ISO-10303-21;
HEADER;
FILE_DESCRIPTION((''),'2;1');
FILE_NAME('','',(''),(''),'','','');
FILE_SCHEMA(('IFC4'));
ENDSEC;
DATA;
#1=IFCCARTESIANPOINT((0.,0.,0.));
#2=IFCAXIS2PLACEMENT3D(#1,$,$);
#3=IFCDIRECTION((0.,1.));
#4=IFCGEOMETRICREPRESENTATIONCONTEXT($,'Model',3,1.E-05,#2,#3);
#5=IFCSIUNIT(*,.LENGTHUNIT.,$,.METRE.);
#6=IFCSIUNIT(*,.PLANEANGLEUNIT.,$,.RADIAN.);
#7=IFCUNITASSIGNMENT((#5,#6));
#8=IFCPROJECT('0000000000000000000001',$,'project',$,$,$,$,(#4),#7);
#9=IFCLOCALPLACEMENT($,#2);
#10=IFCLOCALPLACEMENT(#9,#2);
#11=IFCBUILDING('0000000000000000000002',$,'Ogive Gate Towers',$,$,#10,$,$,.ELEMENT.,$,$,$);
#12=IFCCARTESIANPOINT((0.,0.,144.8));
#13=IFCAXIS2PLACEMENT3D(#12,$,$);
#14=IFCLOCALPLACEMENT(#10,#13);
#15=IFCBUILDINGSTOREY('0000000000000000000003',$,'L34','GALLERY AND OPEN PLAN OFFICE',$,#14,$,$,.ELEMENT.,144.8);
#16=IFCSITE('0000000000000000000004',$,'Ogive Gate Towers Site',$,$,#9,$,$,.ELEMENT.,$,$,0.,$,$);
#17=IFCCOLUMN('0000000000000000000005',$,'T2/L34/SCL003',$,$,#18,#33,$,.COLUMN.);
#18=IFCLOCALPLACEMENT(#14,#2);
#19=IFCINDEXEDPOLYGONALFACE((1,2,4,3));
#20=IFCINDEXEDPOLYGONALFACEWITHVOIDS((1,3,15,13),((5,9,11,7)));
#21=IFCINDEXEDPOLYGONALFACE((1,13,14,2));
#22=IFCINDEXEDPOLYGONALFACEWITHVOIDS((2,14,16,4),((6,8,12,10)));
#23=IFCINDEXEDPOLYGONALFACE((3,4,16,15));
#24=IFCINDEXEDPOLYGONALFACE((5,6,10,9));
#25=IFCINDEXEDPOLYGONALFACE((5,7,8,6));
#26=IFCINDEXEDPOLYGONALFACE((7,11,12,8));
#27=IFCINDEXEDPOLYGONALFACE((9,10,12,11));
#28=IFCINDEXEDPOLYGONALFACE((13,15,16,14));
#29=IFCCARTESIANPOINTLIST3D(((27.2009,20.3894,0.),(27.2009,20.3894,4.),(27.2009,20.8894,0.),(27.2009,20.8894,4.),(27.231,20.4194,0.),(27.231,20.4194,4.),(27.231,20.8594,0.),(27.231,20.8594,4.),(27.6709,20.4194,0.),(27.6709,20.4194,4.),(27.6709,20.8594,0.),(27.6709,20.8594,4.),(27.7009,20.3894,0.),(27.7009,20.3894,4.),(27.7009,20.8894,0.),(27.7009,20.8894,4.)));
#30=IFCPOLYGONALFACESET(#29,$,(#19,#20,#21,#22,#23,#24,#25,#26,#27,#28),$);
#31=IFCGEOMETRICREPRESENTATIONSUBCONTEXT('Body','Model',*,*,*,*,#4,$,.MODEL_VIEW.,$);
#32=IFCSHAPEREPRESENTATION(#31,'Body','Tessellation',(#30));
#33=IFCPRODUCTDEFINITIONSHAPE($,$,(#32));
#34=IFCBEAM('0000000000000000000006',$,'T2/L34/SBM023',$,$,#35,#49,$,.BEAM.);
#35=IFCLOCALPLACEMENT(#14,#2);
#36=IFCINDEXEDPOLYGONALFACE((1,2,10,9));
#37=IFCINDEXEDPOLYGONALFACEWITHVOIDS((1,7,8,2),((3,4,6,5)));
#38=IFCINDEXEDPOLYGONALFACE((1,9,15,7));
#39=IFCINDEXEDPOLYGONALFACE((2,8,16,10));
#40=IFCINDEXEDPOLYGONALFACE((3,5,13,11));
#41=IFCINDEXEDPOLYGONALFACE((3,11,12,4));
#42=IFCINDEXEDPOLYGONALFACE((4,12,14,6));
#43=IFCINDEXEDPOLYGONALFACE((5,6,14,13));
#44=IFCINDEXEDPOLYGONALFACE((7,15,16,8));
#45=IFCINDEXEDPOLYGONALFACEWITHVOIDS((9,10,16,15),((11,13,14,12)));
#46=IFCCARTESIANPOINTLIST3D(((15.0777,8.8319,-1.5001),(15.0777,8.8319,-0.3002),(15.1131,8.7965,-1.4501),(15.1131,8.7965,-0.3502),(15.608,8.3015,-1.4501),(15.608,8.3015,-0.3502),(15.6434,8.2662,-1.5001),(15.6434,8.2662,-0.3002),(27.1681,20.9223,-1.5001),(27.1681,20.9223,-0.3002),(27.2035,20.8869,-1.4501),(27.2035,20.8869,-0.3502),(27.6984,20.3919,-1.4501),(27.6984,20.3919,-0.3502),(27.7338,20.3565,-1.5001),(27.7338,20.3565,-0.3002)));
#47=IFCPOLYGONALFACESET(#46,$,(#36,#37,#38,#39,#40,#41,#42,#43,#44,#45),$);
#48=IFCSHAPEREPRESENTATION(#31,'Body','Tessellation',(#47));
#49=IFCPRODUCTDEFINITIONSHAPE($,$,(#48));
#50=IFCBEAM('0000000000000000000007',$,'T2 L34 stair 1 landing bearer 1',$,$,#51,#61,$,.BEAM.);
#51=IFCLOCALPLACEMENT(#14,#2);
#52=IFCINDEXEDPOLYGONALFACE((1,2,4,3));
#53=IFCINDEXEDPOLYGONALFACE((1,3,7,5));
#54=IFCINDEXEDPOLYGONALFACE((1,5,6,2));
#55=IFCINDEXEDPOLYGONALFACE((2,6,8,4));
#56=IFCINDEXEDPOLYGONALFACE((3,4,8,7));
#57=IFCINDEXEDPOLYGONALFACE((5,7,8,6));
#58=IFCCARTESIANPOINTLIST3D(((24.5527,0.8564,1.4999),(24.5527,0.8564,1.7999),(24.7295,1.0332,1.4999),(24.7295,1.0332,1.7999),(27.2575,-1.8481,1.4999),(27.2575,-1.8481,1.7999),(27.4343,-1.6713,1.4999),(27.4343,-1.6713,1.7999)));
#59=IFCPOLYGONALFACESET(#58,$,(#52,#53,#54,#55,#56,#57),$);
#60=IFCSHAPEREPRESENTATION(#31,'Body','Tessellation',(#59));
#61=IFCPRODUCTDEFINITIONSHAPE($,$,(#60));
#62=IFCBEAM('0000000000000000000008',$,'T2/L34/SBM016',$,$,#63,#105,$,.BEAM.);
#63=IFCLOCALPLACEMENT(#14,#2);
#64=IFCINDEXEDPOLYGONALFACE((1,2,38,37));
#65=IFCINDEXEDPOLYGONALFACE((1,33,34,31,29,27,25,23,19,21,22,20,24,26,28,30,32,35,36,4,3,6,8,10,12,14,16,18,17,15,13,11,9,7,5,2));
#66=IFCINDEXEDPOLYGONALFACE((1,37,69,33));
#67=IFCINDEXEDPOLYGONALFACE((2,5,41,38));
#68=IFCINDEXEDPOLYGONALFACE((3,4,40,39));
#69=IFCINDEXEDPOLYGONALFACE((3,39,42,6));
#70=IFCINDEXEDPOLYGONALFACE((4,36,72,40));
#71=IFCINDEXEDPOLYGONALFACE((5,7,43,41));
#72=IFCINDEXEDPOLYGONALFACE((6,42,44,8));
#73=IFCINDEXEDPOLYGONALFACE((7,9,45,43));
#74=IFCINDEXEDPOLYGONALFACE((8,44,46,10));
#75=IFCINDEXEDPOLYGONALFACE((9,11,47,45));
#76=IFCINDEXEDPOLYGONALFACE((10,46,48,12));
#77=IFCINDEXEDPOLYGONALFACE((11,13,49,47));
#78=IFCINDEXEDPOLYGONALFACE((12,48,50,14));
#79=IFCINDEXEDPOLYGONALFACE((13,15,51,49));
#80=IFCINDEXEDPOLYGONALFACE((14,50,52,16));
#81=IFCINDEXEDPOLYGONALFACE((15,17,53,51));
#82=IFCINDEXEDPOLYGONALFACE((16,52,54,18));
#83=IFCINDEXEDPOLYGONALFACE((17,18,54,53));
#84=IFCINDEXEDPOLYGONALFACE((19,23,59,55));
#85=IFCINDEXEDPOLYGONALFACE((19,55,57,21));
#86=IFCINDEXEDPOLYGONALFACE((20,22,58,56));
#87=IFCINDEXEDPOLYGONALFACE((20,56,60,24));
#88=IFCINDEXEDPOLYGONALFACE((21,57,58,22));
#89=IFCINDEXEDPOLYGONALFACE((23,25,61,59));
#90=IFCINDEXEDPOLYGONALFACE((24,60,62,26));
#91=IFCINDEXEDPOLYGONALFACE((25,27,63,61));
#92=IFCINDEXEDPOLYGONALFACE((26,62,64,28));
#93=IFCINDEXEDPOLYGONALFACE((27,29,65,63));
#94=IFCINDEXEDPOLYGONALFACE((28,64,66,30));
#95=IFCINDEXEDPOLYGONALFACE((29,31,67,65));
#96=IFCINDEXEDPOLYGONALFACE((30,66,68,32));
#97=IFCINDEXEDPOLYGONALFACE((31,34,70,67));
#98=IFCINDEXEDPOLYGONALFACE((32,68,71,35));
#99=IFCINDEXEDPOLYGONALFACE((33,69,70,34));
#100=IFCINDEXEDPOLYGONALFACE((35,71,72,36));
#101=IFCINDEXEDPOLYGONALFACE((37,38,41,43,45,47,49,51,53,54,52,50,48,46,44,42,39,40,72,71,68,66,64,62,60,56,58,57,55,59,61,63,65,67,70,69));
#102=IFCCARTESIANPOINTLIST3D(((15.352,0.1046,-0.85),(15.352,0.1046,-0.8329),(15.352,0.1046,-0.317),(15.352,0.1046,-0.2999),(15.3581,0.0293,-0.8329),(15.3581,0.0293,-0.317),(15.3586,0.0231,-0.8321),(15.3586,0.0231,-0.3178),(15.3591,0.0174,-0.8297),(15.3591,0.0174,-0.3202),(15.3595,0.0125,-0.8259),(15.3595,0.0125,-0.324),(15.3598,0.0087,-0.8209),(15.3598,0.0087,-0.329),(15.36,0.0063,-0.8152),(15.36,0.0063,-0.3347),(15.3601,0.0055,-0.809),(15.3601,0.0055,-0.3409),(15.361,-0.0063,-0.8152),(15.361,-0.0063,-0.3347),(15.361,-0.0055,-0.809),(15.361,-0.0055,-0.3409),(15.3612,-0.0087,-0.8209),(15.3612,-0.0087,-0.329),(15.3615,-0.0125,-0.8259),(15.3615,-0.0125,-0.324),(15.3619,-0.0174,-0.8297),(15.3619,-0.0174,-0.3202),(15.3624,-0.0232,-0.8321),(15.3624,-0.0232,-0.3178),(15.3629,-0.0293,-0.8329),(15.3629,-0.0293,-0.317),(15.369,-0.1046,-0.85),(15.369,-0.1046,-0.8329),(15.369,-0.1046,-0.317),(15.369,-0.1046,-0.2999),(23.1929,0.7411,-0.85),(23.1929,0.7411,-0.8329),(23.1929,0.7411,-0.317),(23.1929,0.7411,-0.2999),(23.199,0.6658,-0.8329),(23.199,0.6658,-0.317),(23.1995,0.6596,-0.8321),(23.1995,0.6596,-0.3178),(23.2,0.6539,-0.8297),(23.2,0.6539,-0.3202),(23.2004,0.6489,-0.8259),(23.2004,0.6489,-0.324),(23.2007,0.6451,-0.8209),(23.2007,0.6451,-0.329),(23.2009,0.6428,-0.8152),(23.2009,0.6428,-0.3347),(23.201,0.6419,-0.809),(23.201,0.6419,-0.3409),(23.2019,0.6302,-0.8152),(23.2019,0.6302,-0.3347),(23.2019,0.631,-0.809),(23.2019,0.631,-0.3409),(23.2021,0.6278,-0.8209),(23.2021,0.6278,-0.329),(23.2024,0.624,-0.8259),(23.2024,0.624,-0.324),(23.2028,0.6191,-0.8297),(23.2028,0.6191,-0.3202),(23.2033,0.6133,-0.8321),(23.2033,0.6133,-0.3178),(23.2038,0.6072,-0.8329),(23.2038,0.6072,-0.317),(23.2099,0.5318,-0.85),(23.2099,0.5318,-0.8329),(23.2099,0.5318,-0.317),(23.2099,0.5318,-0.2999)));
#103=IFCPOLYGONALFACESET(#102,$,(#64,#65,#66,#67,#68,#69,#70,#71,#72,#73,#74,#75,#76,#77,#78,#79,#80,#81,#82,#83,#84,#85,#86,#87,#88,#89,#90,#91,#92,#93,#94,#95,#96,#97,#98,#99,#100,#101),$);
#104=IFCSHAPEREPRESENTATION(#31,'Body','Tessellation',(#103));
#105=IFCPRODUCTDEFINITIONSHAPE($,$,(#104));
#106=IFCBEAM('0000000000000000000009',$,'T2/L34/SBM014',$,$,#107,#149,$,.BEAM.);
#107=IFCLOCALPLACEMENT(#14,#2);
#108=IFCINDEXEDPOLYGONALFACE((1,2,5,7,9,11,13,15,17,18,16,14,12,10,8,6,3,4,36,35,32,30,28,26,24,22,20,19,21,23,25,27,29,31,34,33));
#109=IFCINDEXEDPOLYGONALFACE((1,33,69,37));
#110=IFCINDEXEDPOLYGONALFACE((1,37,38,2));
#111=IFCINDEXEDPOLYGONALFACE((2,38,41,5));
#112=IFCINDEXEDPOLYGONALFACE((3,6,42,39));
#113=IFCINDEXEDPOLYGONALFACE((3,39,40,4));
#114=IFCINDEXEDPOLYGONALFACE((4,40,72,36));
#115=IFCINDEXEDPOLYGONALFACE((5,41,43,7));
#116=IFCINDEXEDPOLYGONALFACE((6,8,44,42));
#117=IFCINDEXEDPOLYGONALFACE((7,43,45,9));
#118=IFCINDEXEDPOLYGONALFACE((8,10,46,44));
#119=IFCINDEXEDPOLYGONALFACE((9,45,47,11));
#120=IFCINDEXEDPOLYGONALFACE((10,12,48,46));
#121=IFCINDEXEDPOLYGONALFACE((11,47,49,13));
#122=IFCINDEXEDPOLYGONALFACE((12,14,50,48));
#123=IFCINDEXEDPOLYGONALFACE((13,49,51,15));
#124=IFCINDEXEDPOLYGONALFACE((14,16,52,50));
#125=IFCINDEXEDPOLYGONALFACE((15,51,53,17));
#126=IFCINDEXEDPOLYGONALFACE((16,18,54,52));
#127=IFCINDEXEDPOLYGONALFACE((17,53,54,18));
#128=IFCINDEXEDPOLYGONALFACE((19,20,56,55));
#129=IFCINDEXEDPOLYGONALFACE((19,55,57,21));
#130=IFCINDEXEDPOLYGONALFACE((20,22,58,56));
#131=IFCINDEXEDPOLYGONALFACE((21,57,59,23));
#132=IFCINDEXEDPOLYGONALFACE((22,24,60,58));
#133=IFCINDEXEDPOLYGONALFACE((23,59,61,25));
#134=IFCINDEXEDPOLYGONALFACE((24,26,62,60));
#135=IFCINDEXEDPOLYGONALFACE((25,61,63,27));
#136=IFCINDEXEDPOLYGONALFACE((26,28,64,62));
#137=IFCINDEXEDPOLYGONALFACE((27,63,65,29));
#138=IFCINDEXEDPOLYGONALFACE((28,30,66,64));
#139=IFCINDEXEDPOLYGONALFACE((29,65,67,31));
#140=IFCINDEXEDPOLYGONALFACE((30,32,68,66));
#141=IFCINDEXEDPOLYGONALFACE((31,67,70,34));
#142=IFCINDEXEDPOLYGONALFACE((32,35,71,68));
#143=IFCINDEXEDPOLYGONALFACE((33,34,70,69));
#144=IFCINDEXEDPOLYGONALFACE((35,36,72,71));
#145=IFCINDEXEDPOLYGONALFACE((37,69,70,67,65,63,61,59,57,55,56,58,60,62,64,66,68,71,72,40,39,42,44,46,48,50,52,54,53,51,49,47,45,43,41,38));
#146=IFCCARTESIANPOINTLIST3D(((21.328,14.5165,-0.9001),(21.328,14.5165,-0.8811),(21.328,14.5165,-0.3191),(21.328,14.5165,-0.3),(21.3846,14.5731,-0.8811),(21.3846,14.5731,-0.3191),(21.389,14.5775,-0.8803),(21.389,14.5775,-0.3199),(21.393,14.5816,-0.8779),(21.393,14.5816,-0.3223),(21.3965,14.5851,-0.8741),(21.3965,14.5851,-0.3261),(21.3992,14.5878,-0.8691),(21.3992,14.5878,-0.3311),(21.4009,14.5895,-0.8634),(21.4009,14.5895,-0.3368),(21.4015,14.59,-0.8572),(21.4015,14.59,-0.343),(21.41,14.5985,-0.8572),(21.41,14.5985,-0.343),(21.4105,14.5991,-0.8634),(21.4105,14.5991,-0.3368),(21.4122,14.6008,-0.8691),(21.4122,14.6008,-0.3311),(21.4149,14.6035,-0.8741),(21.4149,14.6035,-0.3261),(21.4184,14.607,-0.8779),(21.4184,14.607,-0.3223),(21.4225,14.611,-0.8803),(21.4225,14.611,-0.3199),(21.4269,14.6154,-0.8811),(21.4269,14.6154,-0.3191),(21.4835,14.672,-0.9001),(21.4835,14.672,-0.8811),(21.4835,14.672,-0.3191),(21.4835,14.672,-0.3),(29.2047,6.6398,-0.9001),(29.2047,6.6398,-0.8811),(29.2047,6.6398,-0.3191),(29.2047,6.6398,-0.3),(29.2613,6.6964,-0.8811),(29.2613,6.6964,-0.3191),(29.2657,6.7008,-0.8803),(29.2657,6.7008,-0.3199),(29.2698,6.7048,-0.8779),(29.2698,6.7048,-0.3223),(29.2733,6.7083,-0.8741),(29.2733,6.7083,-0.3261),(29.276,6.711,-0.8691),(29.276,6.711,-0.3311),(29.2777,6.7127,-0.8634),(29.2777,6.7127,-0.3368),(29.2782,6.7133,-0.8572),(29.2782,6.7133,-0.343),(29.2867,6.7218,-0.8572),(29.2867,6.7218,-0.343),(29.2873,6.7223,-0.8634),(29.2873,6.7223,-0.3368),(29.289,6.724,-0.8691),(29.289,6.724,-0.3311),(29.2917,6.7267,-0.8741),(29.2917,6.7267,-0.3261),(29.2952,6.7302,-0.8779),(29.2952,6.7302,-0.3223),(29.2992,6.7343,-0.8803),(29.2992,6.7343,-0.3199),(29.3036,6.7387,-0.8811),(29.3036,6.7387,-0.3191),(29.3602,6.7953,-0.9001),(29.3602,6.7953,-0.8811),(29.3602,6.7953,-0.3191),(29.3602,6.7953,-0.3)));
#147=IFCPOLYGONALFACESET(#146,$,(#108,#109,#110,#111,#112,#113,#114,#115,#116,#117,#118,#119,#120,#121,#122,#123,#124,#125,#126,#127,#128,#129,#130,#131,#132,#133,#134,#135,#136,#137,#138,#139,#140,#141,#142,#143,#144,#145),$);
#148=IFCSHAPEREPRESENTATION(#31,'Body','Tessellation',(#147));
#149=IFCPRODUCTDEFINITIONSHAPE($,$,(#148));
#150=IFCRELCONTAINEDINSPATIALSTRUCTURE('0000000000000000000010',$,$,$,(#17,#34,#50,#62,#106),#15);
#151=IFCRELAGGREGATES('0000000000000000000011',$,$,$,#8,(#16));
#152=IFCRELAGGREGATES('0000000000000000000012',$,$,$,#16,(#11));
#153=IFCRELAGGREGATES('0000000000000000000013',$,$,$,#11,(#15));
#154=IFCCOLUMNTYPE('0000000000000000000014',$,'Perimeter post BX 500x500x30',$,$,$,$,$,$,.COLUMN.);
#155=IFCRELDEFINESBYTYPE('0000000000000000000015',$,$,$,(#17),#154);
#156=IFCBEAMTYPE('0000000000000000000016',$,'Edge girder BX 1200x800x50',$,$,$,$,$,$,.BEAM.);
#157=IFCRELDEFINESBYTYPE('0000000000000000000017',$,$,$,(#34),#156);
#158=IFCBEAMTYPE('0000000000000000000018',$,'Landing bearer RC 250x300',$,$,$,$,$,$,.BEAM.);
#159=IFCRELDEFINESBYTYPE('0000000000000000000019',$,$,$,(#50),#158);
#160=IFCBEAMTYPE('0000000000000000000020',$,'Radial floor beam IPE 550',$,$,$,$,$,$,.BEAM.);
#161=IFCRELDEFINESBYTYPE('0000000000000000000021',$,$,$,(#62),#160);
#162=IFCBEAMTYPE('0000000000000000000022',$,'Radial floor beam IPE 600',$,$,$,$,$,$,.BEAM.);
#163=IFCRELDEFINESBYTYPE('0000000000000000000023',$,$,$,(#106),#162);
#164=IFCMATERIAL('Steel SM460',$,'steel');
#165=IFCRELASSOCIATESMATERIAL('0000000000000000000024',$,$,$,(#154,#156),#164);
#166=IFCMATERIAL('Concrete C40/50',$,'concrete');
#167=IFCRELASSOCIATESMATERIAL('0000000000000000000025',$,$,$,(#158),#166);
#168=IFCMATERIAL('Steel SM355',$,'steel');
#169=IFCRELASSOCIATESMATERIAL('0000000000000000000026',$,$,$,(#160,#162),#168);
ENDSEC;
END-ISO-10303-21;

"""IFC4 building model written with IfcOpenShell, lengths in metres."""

from ifc_helpers import new_model, si_unit, direction, frame, origin, origin_2d, place, context, subcontext, project, spatial, rectangle, hollow_rectangle, i_section, extrude, material, material_profile, profile_set, type_object, element, save


model = new_model("IFC4")

# Units and contexts
model_context = context("Model", 3, precision=1e-05, world=origin(), true_north=direction((0.0, 1.0)))
body_context = subcontext(model_context, "Body", "Model", "MODEL_VIEW")
ifc_project = project(units=[si_unit("LENGTHUNIT", "METRE"), si_unit("PLANEANGLEUNIT", "RADIAN")], contexts=[model_context])

# Site, building, storey
site_placement = place(None, origin())
site = spatial("IfcSite", under=ifc_project, at=site_placement, Name="Ogive Gate Towers Site", CompositionType="ELEMENT", RefElevation=0.0)
building_placement = place(site_placement, origin())
building = spatial("IfcBuilding", under=site, at=building_placement, Name="Ogive Gate Towers", CompositionType="ELEMENT")
storey_placement = place(building_placement, frame((0.0, 0.0, 144.8)))
storey = spatial("IfcBuildingStorey", under=building, at=storey_placement, Name="L34", Description="GALLERY AND OPEN PLAN OFFICE", CompositionType="ELEMENT", Elevation=144.8)

# Column
ifc_material_1 = material(Name="Steel SM460", Category="steel")
ifc_material_profile_1 = material_profile(ifc_material_1, hollow_rectangle(XDim=0.5, YDim=0.5, WallThickness=0.03, at=origin_2d()), Name="BX 500x500x30")
ifc_profile_set_1 = profile_set([ifc_material_profile_1], Name="Steel SM460")
column_type = type_object("IfcColumnType", Name="Perimeter post BX 500x500x30", PredefinedType="COLUMN", material=ifc_profile_set_1)
column_placement = place(storey_placement, frame((27.4509, 20.6394, 0.0), z_axis=(0.0, 0.0, 1.0), x_axis=(1.0, 0.0, 0.0)))
element("IfcColumn", 1, at=column_placement, inside=storey, type_object=column_type, Name="T2/L34/SCL003", PredefinedType="COLUMN", context=body_context, shape_type="SweptSolid", body=[
    extrude(hollow_rectangle(XDim=0.5, YDim=0.5, WallThickness=0.03, at=origin_2d()), origin(), (0.0, 0.0, 1.0), 4.0),
])

# Beams
ifc_material_profile_2 = material_profile(ifc_material_1, hollow_rectangle(XDim=0.8, YDim=1.2, WallThickness=0.05, at=origin_2d()), Name="BX 1200x800x50")
ifc_profile_set_2 = profile_set([ifc_material_profile_2], Name="Steel SM460")
beam_type_1 = type_object("IfcBeamType", Name="Edge girder BX 1200x800x50", PredefinedType="BEAM", material=ifc_profile_set_2)
beam_1_placement = place(storey_placement, frame((27.4509, 20.6394, -0.9001), z_axis=(-0.707107, -0.707107, 0.0), x_axis=(0.707107, -0.707107, 0.0)))
element("IfcBeam", 2, at=beam_1_placement, inside=storey, type_object=beam_type_1, Name="T2/L34/SBM023", PredefinedType="BEAM", context=body_context, shape_type="SweptSolid", body=[
    extrude(hollow_rectangle(XDim=0.8, YDim=1.2, WallThickness=0.05, at=origin_2d()), origin(), (0.0, 0.0, 1.0), 17.0984),
])
ifc_material_2 = material(Name="Concrete C40/50", Category="concrete")
ifc_material_profile_3 = material_profile(ifc_material_2, rectangle(XDim=0.25, YDim=0.3, at=origin_2d()), Name="RC 250x300")
ifc_profile_set_3 = profile_set([ifc_material_profile_3], Name="Concrete C40/50")
beam_type_2 = type_object("IfcBeamType", Name="Landing bearer RC 250x300", PredefinedType="BEAM", material=ifc_profile_set_3)
beam_2_placement = place(storey_placement, frame((24.6411, 0.9448, 1.6499), z_axis=(0.707139, -0.707075, 0.0), x_axis=(0.707075, 0.707139, 0.0)))
element("IfcBeam", 3, at=beam_2_placement, inside=storey, type_object=beam_type_2, Name="T2 L34 stair 1 landing bearer 1", PredefinedType="BEAM", context=body_context, shape_type="SweptSolid", body=[
    extrude(rectangle(XDim=0.25, YDim=0.3, at=origin_2d()), origin(), (0.0, 0.0, 1.0), 3.825),
])
ifc_material_3 = material(Name="Steel SM355", Category="steel")
ifc_material_profile_4 = material_profile(ifc_material_3, i_section(OverallWidth=0.21, OverallDepth=0.55, WebThickness=0.011, FlangeThickness=0.0171, FilletRadius=0.0239, at=origin_2d()), Name="IPE 550")
ifc_profile_set_4 = profile_set([ifc_material_profile_4], Name="Steel SM355")
beam_type_3 = type_object("IfcBeamType", Name="Radial floor beam IPE 550", PredefinedType="BEAM", material=ifc_profile_set_4)
beam_3_placement = place(storey_placement, frame((23.2014, 0.6365, -0.575), z_axis=(-0.996722, -0.080908, 0.0), x_axis=(0.080908, -0.996722, 0.0)))
element("IfcBeam", 4, at=beam_3_placement, inside=storey, type_object=beam_type_3, Name="T2/L34/SBM016", PredefinedType="BEAM", context=body_context, shape_type="SweptSolid", body=[
    extrude(i_section(OverallWidth=0.21, OverallDepth=0.55, WebThickness=0.011, FlangeThickness=0.0171, FilletRadius=0.0239, at=origin_2d()), origin(), (0.0, 0.0, 1.0), 7.8667),
])
ifc_material_profile_5 = material_profile(ifc_material_3, i_section(OverallWidth=0.22, OverallDepth=0.6001, WebThickness=0.012, FlangeThickness=0.019, FilletRadius=0.0239, at=origin_2d()), Name="IPE 600")
ifc_profile_set_5 = profile_set([ifc_material_profile_5], Name="Steel SM355")
beam_type_4 = type_object("IfcBeamType", Name="Radial floor beam IPE 600", PredefinedType="BEAM", material=ifc_profile_set_5)
beam_4_placement = place(storey_placement, frame((29.2825, 6.7175, -0.6001), z_axis=(-0.707107, 0.707107, 0.0), x_axis=(-0.707107, -0.707107, 0.0)))
element("IfcBeam", 5, at=beam_4_placement, inside=storey, type_object=beam_type_4, Name="T2/L34/SBM014", PredefinedType="BEAM", context=body_context, shape_type="SweptSolid", body=[
    extrude(i_section(OverallWidth=0.22, OverallDepth=0.6001, WebThickness=0.012, FlangeThickness=0.019, FilletRadius=0.0239, at=origin_2d()), origin(), (0.0, 0.0, 1.0), 11.1394),
])

save(model, "model.ifc")
